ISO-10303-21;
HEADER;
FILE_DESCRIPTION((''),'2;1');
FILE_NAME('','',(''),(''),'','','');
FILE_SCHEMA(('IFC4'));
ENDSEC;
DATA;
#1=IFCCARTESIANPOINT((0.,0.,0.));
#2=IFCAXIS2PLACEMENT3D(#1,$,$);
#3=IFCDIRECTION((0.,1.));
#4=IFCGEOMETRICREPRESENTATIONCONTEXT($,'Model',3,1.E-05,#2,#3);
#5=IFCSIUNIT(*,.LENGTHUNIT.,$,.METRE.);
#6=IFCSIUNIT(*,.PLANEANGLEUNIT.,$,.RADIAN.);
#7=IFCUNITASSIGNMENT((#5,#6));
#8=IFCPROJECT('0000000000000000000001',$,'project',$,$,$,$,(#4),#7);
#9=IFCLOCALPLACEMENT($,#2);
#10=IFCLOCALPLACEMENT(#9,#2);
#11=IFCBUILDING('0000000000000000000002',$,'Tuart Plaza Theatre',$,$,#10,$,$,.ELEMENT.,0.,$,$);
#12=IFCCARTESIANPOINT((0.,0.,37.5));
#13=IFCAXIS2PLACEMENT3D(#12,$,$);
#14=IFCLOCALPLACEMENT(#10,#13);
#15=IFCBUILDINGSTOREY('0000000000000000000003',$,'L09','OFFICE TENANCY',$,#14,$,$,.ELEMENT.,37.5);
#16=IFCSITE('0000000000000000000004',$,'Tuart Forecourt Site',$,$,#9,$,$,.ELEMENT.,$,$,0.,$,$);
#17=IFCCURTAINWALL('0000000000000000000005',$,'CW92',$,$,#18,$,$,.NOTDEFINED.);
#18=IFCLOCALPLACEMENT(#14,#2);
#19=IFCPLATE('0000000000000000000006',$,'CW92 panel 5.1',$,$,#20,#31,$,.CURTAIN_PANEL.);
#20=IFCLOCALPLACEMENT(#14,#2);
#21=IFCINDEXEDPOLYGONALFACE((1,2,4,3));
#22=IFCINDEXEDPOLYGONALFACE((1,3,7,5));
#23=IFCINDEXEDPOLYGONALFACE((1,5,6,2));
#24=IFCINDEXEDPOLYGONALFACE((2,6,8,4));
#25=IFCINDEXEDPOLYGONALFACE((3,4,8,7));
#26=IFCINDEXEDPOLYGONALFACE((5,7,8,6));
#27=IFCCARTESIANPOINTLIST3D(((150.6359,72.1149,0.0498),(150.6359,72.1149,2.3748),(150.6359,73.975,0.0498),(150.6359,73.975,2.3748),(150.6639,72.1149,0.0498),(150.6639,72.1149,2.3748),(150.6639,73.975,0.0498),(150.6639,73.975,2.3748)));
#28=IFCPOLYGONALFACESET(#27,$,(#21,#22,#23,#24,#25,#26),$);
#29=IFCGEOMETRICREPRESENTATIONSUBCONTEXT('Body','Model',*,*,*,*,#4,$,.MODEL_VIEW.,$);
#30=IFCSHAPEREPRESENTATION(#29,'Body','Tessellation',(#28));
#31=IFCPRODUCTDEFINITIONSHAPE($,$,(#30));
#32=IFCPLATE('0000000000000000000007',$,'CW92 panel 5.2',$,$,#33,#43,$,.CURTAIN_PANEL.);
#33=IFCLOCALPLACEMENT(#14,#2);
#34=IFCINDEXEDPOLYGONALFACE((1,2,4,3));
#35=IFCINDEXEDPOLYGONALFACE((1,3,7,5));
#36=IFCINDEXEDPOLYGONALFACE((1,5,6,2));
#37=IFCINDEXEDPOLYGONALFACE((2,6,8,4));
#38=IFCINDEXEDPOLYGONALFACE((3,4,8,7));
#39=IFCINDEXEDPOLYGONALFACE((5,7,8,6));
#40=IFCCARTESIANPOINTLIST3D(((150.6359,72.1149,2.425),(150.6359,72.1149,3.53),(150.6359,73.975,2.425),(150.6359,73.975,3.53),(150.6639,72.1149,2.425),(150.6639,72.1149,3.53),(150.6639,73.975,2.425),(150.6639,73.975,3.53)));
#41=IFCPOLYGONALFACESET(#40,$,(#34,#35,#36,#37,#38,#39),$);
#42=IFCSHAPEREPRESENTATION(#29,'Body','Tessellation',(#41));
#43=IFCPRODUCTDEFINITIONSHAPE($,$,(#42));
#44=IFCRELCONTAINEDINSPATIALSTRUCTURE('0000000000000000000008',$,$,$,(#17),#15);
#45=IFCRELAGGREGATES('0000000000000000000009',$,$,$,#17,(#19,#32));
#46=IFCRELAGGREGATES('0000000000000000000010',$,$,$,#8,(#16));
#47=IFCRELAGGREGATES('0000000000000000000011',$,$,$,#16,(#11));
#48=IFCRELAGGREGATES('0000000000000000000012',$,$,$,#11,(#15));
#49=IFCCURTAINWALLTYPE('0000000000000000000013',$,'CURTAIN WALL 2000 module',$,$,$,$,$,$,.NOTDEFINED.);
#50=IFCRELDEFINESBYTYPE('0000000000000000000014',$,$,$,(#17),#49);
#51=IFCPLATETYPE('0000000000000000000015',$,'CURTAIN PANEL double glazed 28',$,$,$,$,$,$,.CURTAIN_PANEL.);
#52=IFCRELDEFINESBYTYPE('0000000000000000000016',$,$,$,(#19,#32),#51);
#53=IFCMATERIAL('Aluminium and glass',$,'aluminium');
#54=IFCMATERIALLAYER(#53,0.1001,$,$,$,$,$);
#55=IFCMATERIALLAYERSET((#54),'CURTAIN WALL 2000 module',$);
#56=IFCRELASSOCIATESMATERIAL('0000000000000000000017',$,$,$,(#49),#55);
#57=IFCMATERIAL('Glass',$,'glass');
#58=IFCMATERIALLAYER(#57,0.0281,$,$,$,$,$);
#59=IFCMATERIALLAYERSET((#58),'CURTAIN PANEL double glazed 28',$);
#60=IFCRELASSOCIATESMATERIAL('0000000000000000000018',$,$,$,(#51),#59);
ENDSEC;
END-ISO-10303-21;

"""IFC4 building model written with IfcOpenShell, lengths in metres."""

from ifc_helpers import new_model, si_unit, direction, frame, origin, origin_2d, place, context, subcontext, project, spatial, rectangle, extrude, material, layer, layer_set, type_object, element, aggregate, save


model = new_model("IFC4")

# Units and contexts
model_context = context("Model", 3, precision=1e-05, world=origin(), true_north=direction((0.0, 1.0)))
body_context = subcontext(model_context, "Body", "Model", "MODEL_VIEW")
ifc_project = project(units=[si_unit("LENGTHUNIT", "METRE"), si_unit("PLANEANGLEUNIT", "RADIAN")], contexts=[model_context])

# Site, building, storey
site_placement = place(None, origin())
site = spatial("IfcSite", under=ifc_project, at=site_placement, Name="Tuart Forecourt Site", CompositionType="ELEMENT", RefElevation=0.0)
building_placement = place(site_placement, origin())
building = spatial("IfcBuilding", under=site, at=building_placement, Name="Tuart Plaza Theatre", CompositionType="ELEMENT", ElevationOfRefHeight=0.0)
storey_placement = place(building_placement, frame((0.0, 0.0, 37.5)))
storey = spatial("IfcBuildingStorey", under=building, at=storey_placement, Name="L09", Description="OFFICE TENANCY", CompositionType="ELEMENT", Elevation=37.5)

# Curtain wall, plates
ifc_material_1 = material(Name="Aluminium and glass", Category="aluminium")
ifc_layer_1 = layer(ifc_material_1, 0.1001)
ifc_layer_set_1 = layer_set([ifc_layer_1], Name="CURTAIN WALL 2000 module")
curtain_wall_type = type_object("IfcCurtainWallType", Name="CURTAIN WALL 2000 module", PredefinedType="NOTDEFINED", material=ifc_layer_set_1)
curtain_wall_placement = place(storey_placement, origin())
curtain_wall = element("IfcCurtainWall", 1, at=curtain_wall_placement, inside=storey, type_object=curtain_wall_type, Name="CW92", PredefinedType="NOTDEFINED")
ifc_material_2 = material(Name="Glass", Category="glass")
ifc_layer_2 = layer(ifc_material_2, 0.0281)
ifc_layer_set_2 = layer_set([ifc_layer_2], Name="CURTAIN PANEL double glazed 28")
plate_type = type_object("IfcPlateType", Name="CURTAIN PANEL double glazed 28", PredefinedType="CURTAIN_PANEL", material=ifc_layer_set_2)
plate_1_placement = place(storey_placement, frame((150.6499, 73.0449, 0.0498), z_axis=(0.0, 0.0, 1.0), x_axis=(0.0, 1.0, 0.0)))
plate_1 = element("IfcPlate", 2, at=plate_1_placement, type_object=plate_type, Name="CW92 panel 5.1", PredefinedType="CURTAIN_PANEL", context=body_context, shape_type="SweptSolid", body=[
    extrude(rectangle(XDim=1.8601, YDim=0.0281, at=origin_2d()), origin(), (0.0, 0.0, 1.0), 2.325),
])
plate_2_placement = place(storey_placement, frame((150.6499, 73.0449, 2.425), z_axis=(0.0, 0.0, 1.0), x_axis=(0.0, 1.0, 0.0)))
plate_2 = element("IfcPlate", 3, at=plate_2_placement, type_object=plate_type, Name="CW92 panel 5.2", PredefinedType="CURTAIN_PANEL", context=body_context, shape_type="SweptSolid", body=[
    extrude(rectangle(XDim=1.8601, YDim=0.0281, at=origin_2d()), origin(), (0.0, 0.0, 1.0), 1.105),
])
aggregate(curtain_wall, [plate_1, plate_2])

save(model, "model.ifc")
